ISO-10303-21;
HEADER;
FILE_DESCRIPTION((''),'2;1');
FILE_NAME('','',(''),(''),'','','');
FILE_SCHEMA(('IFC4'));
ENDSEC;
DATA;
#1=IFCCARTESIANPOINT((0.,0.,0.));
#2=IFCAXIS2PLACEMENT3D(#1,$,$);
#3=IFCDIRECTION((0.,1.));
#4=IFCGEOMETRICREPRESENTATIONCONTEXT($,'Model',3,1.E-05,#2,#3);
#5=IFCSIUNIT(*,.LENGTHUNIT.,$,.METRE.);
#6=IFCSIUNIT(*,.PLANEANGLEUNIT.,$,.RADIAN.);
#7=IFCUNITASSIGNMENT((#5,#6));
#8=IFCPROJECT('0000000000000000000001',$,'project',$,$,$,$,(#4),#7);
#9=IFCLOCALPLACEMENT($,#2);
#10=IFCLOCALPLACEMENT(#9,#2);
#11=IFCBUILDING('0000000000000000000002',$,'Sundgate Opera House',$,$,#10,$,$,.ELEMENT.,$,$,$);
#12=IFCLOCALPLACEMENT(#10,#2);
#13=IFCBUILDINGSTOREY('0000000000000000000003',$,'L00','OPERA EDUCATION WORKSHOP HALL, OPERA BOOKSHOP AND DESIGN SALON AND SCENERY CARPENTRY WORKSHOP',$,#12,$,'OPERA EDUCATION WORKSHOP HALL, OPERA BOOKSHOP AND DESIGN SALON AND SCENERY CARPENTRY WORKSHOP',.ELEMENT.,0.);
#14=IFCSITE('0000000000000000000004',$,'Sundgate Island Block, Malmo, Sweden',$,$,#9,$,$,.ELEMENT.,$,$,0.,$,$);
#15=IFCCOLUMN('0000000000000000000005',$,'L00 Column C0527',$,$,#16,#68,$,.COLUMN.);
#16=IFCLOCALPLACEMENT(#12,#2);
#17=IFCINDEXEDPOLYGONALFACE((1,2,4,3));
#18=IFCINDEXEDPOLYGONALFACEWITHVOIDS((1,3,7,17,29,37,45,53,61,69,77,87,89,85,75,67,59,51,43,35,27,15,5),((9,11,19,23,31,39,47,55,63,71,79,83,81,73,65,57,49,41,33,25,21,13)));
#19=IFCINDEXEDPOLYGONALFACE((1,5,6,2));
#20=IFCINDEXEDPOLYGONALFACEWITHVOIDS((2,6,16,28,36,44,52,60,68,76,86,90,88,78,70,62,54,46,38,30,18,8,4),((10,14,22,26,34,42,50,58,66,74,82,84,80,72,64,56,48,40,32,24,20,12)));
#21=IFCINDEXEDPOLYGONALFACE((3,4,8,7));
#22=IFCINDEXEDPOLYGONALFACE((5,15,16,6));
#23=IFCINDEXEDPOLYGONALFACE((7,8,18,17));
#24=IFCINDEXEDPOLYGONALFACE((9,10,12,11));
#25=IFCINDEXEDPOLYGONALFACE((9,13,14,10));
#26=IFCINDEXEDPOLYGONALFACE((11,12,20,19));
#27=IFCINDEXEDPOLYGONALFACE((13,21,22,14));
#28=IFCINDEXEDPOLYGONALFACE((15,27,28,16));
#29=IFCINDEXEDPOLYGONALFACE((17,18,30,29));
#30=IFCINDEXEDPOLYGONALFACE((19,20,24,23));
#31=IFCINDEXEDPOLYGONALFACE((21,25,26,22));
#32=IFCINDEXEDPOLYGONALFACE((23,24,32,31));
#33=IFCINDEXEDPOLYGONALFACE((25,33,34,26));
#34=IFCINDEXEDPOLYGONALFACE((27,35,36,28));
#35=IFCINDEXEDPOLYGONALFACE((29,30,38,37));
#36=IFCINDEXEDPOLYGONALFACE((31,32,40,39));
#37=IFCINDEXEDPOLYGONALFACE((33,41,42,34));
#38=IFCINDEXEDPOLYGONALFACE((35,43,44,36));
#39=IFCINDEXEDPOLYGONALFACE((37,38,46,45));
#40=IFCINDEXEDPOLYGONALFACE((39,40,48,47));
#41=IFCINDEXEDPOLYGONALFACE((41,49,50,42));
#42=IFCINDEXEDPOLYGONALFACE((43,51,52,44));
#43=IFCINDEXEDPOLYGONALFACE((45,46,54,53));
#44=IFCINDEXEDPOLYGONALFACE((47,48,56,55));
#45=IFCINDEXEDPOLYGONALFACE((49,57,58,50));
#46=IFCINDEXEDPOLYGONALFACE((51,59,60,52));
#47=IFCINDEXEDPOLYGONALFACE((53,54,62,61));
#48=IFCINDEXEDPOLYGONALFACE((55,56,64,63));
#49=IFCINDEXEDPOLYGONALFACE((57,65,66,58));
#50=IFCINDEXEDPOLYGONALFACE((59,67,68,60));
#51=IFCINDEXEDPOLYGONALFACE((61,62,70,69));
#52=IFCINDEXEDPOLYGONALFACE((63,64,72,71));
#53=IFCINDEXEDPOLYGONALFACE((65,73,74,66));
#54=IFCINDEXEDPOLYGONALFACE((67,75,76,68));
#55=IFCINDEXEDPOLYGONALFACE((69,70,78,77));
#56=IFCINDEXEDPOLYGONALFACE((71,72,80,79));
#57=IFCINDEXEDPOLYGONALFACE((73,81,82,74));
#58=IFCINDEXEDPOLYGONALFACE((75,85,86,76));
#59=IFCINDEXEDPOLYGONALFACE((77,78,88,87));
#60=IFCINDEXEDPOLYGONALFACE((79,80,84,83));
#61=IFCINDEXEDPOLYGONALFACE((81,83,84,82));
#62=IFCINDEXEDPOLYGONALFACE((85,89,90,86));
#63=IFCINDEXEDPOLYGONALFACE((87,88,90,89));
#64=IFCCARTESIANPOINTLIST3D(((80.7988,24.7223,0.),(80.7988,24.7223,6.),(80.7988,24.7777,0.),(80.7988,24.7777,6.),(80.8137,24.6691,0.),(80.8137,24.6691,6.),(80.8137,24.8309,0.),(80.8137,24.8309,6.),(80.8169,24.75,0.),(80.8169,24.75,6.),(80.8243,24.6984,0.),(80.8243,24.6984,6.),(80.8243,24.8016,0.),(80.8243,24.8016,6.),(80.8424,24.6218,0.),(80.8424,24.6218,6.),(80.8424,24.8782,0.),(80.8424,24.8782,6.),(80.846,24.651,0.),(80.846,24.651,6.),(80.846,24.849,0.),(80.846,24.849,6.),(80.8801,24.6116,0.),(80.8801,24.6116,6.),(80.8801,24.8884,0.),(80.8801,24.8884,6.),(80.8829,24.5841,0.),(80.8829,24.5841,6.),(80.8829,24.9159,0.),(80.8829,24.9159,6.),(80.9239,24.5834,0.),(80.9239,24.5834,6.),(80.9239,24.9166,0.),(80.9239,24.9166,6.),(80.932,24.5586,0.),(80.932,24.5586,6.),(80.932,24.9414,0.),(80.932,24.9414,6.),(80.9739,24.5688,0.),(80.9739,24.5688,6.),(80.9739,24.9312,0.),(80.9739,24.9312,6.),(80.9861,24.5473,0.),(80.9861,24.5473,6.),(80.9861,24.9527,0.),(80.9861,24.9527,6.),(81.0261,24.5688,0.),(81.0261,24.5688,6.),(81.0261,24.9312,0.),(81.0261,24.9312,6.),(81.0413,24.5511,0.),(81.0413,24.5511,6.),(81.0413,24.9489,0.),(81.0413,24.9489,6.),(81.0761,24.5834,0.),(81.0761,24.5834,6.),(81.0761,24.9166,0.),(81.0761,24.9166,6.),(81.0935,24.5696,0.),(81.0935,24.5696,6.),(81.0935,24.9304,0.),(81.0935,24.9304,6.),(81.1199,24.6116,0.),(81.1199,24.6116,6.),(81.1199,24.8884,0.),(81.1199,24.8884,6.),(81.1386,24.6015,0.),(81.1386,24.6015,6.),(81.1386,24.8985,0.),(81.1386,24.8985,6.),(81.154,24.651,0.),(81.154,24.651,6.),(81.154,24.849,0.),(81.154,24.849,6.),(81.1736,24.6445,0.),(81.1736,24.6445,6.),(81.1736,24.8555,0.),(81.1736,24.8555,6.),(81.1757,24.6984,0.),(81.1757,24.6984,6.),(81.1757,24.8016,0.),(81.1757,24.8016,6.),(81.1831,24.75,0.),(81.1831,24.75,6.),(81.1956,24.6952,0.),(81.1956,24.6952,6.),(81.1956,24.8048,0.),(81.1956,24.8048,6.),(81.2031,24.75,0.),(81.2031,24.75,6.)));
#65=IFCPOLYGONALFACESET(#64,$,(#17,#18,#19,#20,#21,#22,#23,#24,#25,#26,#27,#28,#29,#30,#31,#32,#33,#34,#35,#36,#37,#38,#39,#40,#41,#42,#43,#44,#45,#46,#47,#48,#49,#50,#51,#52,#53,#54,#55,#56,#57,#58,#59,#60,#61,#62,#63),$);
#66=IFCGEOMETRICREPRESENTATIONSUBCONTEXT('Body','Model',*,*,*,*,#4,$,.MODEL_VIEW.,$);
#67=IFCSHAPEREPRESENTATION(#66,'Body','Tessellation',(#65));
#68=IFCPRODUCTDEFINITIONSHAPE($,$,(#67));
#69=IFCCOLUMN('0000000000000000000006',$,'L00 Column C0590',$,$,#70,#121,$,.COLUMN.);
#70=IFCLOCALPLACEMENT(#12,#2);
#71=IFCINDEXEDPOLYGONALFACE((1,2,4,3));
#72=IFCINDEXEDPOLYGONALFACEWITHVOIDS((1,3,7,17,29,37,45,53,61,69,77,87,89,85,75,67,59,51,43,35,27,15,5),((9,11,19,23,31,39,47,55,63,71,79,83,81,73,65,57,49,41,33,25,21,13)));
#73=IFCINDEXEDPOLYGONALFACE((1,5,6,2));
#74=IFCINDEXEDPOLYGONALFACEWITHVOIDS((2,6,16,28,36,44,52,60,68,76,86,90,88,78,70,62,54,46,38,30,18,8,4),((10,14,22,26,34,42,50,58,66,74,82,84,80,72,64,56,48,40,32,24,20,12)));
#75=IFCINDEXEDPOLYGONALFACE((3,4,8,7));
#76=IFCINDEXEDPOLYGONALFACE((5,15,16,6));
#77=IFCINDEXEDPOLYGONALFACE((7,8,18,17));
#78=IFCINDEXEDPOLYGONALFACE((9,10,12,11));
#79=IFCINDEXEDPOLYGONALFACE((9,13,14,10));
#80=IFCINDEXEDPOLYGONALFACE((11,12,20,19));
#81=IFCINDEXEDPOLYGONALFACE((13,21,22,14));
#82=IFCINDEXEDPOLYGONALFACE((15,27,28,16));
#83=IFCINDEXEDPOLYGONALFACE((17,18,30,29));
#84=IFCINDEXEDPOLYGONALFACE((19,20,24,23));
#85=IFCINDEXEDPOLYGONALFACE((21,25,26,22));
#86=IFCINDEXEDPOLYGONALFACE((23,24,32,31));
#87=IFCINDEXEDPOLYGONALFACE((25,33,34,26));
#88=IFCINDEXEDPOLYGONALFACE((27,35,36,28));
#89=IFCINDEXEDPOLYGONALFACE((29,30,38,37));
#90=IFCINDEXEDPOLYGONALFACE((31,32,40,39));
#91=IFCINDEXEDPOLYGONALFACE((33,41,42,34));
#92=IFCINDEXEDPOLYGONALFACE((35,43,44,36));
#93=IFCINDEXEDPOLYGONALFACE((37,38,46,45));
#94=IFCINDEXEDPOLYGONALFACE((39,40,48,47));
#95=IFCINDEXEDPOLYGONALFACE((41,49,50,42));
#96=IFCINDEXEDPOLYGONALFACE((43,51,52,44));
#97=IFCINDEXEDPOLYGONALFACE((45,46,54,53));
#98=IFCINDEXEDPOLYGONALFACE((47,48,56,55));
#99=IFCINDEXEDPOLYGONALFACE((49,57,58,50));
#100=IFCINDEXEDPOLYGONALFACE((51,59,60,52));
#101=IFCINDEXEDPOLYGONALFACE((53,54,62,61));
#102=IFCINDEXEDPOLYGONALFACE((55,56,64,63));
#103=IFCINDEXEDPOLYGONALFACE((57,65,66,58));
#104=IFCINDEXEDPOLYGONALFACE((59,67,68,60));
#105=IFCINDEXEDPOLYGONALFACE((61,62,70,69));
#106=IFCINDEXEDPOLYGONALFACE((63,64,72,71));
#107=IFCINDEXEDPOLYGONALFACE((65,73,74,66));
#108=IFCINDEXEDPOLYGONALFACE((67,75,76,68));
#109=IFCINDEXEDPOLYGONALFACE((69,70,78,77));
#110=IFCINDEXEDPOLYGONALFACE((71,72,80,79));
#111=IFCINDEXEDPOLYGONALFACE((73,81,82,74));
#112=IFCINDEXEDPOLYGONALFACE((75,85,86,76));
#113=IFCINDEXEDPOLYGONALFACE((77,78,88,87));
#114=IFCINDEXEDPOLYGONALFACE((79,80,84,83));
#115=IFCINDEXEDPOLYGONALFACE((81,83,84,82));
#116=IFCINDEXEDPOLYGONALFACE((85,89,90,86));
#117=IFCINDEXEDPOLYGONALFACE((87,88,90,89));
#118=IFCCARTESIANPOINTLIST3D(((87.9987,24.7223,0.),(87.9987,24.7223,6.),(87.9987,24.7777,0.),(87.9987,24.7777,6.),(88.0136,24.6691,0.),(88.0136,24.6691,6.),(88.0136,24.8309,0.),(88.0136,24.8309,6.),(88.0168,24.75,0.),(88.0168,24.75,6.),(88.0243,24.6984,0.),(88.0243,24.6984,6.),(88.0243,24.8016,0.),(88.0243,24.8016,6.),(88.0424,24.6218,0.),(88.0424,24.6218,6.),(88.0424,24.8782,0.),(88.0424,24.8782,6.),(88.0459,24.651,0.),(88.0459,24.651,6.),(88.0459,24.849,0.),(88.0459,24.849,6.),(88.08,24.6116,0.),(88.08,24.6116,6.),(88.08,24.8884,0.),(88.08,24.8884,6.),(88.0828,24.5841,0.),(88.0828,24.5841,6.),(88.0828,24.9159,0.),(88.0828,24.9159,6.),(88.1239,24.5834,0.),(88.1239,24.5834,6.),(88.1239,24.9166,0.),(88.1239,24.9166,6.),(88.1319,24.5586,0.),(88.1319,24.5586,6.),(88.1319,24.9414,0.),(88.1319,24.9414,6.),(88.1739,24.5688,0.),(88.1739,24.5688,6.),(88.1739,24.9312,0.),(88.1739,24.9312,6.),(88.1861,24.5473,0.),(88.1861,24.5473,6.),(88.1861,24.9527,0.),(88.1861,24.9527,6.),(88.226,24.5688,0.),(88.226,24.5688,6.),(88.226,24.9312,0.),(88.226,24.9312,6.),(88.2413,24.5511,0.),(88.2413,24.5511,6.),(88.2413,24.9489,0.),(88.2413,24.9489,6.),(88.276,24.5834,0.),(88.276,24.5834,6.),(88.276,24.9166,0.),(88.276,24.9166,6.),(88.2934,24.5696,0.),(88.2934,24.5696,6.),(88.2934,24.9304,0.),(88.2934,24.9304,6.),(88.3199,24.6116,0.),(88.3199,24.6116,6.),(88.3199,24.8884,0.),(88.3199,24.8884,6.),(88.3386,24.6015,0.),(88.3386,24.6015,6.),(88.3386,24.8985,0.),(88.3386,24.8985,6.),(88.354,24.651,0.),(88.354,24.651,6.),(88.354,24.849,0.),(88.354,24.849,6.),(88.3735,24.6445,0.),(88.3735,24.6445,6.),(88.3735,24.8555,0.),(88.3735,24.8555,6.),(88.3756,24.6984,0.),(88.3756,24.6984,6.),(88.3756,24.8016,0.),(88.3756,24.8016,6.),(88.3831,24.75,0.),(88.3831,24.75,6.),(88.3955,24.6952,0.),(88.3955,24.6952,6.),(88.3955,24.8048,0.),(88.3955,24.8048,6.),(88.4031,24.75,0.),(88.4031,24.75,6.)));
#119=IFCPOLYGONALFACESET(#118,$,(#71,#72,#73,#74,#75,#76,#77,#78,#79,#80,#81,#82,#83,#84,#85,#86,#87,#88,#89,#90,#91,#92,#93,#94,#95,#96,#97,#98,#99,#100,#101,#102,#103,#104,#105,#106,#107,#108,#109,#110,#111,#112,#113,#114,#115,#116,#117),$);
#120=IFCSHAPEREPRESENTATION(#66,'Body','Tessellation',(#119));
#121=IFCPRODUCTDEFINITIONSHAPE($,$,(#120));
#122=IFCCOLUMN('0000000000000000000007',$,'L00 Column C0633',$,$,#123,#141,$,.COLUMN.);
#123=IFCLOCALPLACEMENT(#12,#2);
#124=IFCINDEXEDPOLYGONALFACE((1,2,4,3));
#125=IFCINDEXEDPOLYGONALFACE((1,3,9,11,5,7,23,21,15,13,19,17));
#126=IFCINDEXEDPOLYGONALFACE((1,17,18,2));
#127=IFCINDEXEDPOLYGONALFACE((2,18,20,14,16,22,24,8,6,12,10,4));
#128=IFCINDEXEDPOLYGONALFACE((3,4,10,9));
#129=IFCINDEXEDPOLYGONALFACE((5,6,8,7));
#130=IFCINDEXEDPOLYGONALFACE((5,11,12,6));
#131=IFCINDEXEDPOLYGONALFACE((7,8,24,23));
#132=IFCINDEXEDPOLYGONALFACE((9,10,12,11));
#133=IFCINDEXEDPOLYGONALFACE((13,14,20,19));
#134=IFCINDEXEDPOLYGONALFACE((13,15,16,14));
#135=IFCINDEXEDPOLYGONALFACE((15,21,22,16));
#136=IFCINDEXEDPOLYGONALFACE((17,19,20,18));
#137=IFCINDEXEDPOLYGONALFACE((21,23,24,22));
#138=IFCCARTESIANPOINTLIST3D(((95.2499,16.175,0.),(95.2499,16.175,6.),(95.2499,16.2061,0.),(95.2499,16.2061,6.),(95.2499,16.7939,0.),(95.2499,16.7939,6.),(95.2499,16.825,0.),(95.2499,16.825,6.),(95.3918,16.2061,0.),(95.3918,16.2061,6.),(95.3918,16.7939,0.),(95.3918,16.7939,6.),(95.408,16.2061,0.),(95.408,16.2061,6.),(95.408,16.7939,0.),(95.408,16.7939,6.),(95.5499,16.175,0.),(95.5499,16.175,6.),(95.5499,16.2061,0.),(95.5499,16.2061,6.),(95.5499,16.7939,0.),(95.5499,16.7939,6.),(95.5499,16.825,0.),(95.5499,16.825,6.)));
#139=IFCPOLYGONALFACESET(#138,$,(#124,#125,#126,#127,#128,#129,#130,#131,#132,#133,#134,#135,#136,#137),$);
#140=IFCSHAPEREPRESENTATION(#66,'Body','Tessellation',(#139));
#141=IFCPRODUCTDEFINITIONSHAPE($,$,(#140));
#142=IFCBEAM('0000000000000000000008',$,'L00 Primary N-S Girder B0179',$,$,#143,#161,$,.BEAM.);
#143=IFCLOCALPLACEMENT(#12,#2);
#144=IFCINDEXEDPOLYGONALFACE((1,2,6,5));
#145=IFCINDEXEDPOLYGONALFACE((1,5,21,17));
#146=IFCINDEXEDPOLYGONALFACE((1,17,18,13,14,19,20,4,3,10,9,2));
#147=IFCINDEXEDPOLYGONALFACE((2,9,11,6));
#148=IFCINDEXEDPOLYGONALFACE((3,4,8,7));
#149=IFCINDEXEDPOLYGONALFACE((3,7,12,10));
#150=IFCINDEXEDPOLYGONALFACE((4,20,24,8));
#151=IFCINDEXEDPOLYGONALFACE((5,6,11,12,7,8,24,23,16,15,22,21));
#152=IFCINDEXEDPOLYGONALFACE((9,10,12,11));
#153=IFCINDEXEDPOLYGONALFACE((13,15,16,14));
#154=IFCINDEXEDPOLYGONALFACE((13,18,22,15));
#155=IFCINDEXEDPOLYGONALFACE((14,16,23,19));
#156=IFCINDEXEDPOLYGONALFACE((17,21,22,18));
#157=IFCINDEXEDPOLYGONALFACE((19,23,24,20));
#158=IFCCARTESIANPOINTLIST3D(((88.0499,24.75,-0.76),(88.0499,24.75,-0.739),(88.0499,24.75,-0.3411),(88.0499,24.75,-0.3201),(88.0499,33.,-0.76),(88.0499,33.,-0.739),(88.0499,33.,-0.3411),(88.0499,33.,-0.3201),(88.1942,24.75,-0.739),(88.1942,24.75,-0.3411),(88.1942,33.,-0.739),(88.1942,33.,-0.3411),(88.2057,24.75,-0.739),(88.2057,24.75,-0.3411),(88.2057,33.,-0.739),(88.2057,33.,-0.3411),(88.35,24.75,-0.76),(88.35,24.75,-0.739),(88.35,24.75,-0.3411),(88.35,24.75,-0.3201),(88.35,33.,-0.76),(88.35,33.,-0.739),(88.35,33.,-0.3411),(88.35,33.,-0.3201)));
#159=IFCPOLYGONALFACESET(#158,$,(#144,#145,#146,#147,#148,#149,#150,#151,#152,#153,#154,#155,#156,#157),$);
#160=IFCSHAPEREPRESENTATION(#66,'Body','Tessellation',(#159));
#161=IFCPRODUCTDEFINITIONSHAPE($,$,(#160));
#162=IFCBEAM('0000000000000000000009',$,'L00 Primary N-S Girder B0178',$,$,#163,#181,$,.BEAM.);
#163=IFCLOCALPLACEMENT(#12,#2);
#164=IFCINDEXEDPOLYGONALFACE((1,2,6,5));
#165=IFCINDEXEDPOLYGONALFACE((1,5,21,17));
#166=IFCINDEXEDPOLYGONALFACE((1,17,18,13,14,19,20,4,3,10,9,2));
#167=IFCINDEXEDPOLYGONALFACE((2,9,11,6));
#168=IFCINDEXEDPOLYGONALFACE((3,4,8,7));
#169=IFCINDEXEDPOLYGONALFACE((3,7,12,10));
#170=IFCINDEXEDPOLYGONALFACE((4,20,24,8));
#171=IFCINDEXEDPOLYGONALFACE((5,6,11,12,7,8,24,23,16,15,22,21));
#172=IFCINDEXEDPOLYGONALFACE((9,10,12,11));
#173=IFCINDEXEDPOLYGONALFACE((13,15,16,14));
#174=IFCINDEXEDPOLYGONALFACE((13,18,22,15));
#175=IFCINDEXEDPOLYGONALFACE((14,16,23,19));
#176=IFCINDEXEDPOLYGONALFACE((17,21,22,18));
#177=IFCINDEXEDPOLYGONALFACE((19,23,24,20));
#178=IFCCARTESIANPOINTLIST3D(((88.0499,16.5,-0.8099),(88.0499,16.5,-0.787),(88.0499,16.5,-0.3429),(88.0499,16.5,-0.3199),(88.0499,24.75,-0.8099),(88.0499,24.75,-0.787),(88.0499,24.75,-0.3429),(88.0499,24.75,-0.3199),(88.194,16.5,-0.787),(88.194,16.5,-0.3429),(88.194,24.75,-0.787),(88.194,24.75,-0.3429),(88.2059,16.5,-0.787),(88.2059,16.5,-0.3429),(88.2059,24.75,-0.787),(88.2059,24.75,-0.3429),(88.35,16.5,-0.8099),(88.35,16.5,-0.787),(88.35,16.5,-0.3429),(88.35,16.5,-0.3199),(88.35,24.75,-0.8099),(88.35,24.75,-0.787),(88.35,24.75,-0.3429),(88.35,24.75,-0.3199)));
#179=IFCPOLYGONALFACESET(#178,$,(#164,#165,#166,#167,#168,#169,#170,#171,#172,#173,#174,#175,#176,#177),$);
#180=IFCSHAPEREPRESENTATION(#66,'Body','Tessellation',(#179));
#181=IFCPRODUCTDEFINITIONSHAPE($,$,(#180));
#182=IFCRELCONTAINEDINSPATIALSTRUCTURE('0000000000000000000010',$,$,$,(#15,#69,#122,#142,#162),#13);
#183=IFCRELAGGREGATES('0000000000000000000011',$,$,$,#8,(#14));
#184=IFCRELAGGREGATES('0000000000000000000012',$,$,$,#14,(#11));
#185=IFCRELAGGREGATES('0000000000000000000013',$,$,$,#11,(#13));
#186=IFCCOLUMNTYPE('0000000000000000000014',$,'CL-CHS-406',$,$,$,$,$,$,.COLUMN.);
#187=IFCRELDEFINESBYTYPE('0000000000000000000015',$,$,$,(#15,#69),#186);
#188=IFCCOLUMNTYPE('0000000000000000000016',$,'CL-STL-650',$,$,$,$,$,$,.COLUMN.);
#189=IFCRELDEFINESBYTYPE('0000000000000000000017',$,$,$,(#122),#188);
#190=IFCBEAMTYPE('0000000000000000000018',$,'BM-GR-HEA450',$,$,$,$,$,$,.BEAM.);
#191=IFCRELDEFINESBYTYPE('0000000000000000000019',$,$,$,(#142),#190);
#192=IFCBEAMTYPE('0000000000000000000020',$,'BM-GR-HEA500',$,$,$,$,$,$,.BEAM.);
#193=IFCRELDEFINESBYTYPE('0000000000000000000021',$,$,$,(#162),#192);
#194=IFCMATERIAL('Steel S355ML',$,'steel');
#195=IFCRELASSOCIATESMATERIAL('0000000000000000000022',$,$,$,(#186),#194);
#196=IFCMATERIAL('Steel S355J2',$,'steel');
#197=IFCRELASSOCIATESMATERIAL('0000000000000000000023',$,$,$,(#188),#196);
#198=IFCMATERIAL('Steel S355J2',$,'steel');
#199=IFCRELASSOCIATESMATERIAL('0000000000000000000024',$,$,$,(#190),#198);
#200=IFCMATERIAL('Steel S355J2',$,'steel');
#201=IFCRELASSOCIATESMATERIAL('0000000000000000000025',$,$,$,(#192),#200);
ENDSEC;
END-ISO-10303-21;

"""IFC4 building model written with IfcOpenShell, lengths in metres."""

from ifc_helpers import new_model, si_unit, direction, frame, origin, origin_2d, place, context, subcontext, project, spatial, hollow_circle, i_section, extrude, material, material_profile, profile_set, type_object, element, save


model = new_model("IFC4")

# Units and contexts
model_context = context("Model", 3, precision=1e-05, world=origin(), true_north=direction((0.0, 1.0)))
body_context = subcontext(model_context, "Body", "Model", "MODEL_VIEW")
ifc_project = project(units=[si_unit("LENGTHUNIT", "METRE"), si_unit("PLANEANGLEUNIT", "RADIAN")], contexts=[model_context])

# Site, building, storey
site_placement = place(None, origin())
site = spatial("IfcSite", under=ifc_project, at=site_placement, Name="Sundgate Island Block, Malmo, Sweden", CompositionType="ELEMENT", RefElevation=0.0)
building_placement = place(site_placement, origin())
building = spatial("IfcBuilding", under=site, at=building_placement, Name="Sundgate Opera House", CompositionType="ELEMENT")
storey_placement = place(building_placement, origin())
storey = spatial("IfcBuildingStorey", under=building, at=storey_placement, Name="L00", Description="OPERA EDUCATION WORKSHOP HALL, OPERA BOOKSHOP AND DESIGN SALON AND SCENERY CARPENTRY WORKSHOP", LongName="OPERA EDUCATION WORKSHOP HALL, OPERA BOOKSHOP AND DESIGN SALON AND SCENERY CARPENTRY WORKSHOP", CompositionType="ELEMENT", Elevation=0.0)

# Columns
ifc_material_1 = material(Name="Steel S355ML", Category="steel")
ifc_material_profile_1 = material_profile(ifc_material_1, hollow_circle(Radius=0.2031, WallThickness=0.02, at=origin_2d()), Name="CHS 406.4x20.0")
ifc_profile_set_1 = profile_set([ifc_material_profile_1], Name="Steel S355ML")
column_type_1 = type_object("IfcColumnType", Name="CL-CHS-406", PredefinedType="COLUMN", material=ifc_profile_set_1)
for number, where, z_axis, x_axis, name in (
    (1, (81.0, 24.75, 0.0), (0.0, 0.0, 1.0), (1.0, 0.0, 0.0), "L00 Column C0527"),
    (2, (88.2, 24.75, 0.0), (0.0, 0.0, 1.0), (1.0, 0.0, 0.0), "L00 Column C0590"),
):
    element("IfcColumn", number, at=place(storey_placement, frame(where, z_axis=z_axis, x_axis=x_axis)), inside=storey, type_object=column_type_1, Name=name, PredefinedType="COLUMN", context=body_context, shape_type="SweptSolid", body=[
        extrude(hollow_circle(Radius=0.2031, WallThickness=0.02, at=origin_2d()), origin(), (0.0, 0.0, 1.0), 6.0),
    ])
ifc_material_2 = material(Name="Steel S355J2", Category="steel")
ifc_material_profile_2 = material_profile(ifc_material_2, i_section(OverallWidth=0.3, OverallDepth=0.6499, WebThickness=0.0161, FlangeThickness=0.031, at=origin_2d()), Name="HEB 650")
ifc_profile_set_2 = profile_set([ifc_material_profile_2], Name="Steel S355J2")
column_type_2 = type_object("IfcColumnType", Name="CL-STL-650", PredefinedType="COLUMN", material=ifc_profile_set_2)
column_placement = place(storey_placement, frame((95.3999, 16.5, 0.0), z_axis=(0.0, 0.0, 1.0), x_axis=(1.0, 0.0, 0.0)))
element("IfcColumn", 3, at=column_placement, inside=storey, type_object=column_type_2, Name="L00 Column C0633", PredefinedType="COLUMN", context=body_context, shape_type="SweptSolid", body=[
    extrude(i_section(OverallWidth=0.3, OverallDepth=0.6499, WebThickness=0.0161, FlangeThickness=0.031, at=origin_2d()), origin(), (0.0, 0.0, 1.0), 6.0),
])

# Beams
ifc_material_3 = material(Name="Steel S355J2", Category="steel")
ifc_material_profile_3 = material_profile(ifc_material_3, i_section(OverallWidth=0.3, OverallDepth=0.4399, WebThickness=0.0115, FlangeThickness=0.021, at=origin_2d()), Name="HEA 450")
ifc_profile_set_3 = profile_set([ifc_material_profile_3], Name="Steel S355J2")
beam_type_1 = type_object("IfcBeamType", Name="BM-GR-HEA450", PredefinedType="BEAM", material=ifc_profile_set_3)
beam_1_placement = place(storey_placement, frame((88.2, 24.75, -0.54), z_axis=(0.0, 1.0, 0.0), x_axis=(-1.0, 0.0, 0.0)))
element("IfcBeam", 4, at=beam_1_placement, inside=storey, type_object=beam_type_1, Name="L00 Primary N-S Girder B0179", PredefinedType="BEAM", context=body_context, shape_type="SweptSolid", body=[
    extrude(i_section(OverallWidth=0.3, OverallDepth=0.4399, WebThickness=0.0115, FlangeThickness=0.021, at=origin_2d()), origin(), (0.0, 0.0, 1.0), 8.25),
])
ifc_material_4 = material(Name="Steel S355J2", Category="steel")
ifc_material_profile_4 = material_profile(ifc_material_4, i_section(OverallWidth=0.3, OverallDepth=0.49, WebThickness=0.012, FlangeThickness=0.0229, at=origin_2d()), Name="HEA 500")
ifc_profile_set_4 = profile_set([ifc_material_profile_4], Name="Steel S355J2")
beam_type_2 = type_object("IfcBeamType", Name="BM-GR-HEA500", PredefinedType="BEAM", material=ifc_profile_set_4)
beam_2_placement = place(storey_placement, frame((88.2, 16.5, -0.5649), z_axis=(0.0, 1.0, 0.0), x_axis=(-1.0, 0.0, 0.0)))
element("IfcBeam", 5, at=beam_2_placement, inside=storey, type_object=beam_type_2, Name="L00 Primary N-S Girder B0178", PredefinedType="BEAM", context=body_context, shape_type="SweptSolid", body=[
    extrude(i_section(OverallWidth=0.3, OverallDepth=0.49, WebThickness=0.012, FlangeThickness=0.0229, at=origin_2d()), origin(), (0.0, 0.0, 1.0), 8.25),
])

save(model, "model.ifc")
